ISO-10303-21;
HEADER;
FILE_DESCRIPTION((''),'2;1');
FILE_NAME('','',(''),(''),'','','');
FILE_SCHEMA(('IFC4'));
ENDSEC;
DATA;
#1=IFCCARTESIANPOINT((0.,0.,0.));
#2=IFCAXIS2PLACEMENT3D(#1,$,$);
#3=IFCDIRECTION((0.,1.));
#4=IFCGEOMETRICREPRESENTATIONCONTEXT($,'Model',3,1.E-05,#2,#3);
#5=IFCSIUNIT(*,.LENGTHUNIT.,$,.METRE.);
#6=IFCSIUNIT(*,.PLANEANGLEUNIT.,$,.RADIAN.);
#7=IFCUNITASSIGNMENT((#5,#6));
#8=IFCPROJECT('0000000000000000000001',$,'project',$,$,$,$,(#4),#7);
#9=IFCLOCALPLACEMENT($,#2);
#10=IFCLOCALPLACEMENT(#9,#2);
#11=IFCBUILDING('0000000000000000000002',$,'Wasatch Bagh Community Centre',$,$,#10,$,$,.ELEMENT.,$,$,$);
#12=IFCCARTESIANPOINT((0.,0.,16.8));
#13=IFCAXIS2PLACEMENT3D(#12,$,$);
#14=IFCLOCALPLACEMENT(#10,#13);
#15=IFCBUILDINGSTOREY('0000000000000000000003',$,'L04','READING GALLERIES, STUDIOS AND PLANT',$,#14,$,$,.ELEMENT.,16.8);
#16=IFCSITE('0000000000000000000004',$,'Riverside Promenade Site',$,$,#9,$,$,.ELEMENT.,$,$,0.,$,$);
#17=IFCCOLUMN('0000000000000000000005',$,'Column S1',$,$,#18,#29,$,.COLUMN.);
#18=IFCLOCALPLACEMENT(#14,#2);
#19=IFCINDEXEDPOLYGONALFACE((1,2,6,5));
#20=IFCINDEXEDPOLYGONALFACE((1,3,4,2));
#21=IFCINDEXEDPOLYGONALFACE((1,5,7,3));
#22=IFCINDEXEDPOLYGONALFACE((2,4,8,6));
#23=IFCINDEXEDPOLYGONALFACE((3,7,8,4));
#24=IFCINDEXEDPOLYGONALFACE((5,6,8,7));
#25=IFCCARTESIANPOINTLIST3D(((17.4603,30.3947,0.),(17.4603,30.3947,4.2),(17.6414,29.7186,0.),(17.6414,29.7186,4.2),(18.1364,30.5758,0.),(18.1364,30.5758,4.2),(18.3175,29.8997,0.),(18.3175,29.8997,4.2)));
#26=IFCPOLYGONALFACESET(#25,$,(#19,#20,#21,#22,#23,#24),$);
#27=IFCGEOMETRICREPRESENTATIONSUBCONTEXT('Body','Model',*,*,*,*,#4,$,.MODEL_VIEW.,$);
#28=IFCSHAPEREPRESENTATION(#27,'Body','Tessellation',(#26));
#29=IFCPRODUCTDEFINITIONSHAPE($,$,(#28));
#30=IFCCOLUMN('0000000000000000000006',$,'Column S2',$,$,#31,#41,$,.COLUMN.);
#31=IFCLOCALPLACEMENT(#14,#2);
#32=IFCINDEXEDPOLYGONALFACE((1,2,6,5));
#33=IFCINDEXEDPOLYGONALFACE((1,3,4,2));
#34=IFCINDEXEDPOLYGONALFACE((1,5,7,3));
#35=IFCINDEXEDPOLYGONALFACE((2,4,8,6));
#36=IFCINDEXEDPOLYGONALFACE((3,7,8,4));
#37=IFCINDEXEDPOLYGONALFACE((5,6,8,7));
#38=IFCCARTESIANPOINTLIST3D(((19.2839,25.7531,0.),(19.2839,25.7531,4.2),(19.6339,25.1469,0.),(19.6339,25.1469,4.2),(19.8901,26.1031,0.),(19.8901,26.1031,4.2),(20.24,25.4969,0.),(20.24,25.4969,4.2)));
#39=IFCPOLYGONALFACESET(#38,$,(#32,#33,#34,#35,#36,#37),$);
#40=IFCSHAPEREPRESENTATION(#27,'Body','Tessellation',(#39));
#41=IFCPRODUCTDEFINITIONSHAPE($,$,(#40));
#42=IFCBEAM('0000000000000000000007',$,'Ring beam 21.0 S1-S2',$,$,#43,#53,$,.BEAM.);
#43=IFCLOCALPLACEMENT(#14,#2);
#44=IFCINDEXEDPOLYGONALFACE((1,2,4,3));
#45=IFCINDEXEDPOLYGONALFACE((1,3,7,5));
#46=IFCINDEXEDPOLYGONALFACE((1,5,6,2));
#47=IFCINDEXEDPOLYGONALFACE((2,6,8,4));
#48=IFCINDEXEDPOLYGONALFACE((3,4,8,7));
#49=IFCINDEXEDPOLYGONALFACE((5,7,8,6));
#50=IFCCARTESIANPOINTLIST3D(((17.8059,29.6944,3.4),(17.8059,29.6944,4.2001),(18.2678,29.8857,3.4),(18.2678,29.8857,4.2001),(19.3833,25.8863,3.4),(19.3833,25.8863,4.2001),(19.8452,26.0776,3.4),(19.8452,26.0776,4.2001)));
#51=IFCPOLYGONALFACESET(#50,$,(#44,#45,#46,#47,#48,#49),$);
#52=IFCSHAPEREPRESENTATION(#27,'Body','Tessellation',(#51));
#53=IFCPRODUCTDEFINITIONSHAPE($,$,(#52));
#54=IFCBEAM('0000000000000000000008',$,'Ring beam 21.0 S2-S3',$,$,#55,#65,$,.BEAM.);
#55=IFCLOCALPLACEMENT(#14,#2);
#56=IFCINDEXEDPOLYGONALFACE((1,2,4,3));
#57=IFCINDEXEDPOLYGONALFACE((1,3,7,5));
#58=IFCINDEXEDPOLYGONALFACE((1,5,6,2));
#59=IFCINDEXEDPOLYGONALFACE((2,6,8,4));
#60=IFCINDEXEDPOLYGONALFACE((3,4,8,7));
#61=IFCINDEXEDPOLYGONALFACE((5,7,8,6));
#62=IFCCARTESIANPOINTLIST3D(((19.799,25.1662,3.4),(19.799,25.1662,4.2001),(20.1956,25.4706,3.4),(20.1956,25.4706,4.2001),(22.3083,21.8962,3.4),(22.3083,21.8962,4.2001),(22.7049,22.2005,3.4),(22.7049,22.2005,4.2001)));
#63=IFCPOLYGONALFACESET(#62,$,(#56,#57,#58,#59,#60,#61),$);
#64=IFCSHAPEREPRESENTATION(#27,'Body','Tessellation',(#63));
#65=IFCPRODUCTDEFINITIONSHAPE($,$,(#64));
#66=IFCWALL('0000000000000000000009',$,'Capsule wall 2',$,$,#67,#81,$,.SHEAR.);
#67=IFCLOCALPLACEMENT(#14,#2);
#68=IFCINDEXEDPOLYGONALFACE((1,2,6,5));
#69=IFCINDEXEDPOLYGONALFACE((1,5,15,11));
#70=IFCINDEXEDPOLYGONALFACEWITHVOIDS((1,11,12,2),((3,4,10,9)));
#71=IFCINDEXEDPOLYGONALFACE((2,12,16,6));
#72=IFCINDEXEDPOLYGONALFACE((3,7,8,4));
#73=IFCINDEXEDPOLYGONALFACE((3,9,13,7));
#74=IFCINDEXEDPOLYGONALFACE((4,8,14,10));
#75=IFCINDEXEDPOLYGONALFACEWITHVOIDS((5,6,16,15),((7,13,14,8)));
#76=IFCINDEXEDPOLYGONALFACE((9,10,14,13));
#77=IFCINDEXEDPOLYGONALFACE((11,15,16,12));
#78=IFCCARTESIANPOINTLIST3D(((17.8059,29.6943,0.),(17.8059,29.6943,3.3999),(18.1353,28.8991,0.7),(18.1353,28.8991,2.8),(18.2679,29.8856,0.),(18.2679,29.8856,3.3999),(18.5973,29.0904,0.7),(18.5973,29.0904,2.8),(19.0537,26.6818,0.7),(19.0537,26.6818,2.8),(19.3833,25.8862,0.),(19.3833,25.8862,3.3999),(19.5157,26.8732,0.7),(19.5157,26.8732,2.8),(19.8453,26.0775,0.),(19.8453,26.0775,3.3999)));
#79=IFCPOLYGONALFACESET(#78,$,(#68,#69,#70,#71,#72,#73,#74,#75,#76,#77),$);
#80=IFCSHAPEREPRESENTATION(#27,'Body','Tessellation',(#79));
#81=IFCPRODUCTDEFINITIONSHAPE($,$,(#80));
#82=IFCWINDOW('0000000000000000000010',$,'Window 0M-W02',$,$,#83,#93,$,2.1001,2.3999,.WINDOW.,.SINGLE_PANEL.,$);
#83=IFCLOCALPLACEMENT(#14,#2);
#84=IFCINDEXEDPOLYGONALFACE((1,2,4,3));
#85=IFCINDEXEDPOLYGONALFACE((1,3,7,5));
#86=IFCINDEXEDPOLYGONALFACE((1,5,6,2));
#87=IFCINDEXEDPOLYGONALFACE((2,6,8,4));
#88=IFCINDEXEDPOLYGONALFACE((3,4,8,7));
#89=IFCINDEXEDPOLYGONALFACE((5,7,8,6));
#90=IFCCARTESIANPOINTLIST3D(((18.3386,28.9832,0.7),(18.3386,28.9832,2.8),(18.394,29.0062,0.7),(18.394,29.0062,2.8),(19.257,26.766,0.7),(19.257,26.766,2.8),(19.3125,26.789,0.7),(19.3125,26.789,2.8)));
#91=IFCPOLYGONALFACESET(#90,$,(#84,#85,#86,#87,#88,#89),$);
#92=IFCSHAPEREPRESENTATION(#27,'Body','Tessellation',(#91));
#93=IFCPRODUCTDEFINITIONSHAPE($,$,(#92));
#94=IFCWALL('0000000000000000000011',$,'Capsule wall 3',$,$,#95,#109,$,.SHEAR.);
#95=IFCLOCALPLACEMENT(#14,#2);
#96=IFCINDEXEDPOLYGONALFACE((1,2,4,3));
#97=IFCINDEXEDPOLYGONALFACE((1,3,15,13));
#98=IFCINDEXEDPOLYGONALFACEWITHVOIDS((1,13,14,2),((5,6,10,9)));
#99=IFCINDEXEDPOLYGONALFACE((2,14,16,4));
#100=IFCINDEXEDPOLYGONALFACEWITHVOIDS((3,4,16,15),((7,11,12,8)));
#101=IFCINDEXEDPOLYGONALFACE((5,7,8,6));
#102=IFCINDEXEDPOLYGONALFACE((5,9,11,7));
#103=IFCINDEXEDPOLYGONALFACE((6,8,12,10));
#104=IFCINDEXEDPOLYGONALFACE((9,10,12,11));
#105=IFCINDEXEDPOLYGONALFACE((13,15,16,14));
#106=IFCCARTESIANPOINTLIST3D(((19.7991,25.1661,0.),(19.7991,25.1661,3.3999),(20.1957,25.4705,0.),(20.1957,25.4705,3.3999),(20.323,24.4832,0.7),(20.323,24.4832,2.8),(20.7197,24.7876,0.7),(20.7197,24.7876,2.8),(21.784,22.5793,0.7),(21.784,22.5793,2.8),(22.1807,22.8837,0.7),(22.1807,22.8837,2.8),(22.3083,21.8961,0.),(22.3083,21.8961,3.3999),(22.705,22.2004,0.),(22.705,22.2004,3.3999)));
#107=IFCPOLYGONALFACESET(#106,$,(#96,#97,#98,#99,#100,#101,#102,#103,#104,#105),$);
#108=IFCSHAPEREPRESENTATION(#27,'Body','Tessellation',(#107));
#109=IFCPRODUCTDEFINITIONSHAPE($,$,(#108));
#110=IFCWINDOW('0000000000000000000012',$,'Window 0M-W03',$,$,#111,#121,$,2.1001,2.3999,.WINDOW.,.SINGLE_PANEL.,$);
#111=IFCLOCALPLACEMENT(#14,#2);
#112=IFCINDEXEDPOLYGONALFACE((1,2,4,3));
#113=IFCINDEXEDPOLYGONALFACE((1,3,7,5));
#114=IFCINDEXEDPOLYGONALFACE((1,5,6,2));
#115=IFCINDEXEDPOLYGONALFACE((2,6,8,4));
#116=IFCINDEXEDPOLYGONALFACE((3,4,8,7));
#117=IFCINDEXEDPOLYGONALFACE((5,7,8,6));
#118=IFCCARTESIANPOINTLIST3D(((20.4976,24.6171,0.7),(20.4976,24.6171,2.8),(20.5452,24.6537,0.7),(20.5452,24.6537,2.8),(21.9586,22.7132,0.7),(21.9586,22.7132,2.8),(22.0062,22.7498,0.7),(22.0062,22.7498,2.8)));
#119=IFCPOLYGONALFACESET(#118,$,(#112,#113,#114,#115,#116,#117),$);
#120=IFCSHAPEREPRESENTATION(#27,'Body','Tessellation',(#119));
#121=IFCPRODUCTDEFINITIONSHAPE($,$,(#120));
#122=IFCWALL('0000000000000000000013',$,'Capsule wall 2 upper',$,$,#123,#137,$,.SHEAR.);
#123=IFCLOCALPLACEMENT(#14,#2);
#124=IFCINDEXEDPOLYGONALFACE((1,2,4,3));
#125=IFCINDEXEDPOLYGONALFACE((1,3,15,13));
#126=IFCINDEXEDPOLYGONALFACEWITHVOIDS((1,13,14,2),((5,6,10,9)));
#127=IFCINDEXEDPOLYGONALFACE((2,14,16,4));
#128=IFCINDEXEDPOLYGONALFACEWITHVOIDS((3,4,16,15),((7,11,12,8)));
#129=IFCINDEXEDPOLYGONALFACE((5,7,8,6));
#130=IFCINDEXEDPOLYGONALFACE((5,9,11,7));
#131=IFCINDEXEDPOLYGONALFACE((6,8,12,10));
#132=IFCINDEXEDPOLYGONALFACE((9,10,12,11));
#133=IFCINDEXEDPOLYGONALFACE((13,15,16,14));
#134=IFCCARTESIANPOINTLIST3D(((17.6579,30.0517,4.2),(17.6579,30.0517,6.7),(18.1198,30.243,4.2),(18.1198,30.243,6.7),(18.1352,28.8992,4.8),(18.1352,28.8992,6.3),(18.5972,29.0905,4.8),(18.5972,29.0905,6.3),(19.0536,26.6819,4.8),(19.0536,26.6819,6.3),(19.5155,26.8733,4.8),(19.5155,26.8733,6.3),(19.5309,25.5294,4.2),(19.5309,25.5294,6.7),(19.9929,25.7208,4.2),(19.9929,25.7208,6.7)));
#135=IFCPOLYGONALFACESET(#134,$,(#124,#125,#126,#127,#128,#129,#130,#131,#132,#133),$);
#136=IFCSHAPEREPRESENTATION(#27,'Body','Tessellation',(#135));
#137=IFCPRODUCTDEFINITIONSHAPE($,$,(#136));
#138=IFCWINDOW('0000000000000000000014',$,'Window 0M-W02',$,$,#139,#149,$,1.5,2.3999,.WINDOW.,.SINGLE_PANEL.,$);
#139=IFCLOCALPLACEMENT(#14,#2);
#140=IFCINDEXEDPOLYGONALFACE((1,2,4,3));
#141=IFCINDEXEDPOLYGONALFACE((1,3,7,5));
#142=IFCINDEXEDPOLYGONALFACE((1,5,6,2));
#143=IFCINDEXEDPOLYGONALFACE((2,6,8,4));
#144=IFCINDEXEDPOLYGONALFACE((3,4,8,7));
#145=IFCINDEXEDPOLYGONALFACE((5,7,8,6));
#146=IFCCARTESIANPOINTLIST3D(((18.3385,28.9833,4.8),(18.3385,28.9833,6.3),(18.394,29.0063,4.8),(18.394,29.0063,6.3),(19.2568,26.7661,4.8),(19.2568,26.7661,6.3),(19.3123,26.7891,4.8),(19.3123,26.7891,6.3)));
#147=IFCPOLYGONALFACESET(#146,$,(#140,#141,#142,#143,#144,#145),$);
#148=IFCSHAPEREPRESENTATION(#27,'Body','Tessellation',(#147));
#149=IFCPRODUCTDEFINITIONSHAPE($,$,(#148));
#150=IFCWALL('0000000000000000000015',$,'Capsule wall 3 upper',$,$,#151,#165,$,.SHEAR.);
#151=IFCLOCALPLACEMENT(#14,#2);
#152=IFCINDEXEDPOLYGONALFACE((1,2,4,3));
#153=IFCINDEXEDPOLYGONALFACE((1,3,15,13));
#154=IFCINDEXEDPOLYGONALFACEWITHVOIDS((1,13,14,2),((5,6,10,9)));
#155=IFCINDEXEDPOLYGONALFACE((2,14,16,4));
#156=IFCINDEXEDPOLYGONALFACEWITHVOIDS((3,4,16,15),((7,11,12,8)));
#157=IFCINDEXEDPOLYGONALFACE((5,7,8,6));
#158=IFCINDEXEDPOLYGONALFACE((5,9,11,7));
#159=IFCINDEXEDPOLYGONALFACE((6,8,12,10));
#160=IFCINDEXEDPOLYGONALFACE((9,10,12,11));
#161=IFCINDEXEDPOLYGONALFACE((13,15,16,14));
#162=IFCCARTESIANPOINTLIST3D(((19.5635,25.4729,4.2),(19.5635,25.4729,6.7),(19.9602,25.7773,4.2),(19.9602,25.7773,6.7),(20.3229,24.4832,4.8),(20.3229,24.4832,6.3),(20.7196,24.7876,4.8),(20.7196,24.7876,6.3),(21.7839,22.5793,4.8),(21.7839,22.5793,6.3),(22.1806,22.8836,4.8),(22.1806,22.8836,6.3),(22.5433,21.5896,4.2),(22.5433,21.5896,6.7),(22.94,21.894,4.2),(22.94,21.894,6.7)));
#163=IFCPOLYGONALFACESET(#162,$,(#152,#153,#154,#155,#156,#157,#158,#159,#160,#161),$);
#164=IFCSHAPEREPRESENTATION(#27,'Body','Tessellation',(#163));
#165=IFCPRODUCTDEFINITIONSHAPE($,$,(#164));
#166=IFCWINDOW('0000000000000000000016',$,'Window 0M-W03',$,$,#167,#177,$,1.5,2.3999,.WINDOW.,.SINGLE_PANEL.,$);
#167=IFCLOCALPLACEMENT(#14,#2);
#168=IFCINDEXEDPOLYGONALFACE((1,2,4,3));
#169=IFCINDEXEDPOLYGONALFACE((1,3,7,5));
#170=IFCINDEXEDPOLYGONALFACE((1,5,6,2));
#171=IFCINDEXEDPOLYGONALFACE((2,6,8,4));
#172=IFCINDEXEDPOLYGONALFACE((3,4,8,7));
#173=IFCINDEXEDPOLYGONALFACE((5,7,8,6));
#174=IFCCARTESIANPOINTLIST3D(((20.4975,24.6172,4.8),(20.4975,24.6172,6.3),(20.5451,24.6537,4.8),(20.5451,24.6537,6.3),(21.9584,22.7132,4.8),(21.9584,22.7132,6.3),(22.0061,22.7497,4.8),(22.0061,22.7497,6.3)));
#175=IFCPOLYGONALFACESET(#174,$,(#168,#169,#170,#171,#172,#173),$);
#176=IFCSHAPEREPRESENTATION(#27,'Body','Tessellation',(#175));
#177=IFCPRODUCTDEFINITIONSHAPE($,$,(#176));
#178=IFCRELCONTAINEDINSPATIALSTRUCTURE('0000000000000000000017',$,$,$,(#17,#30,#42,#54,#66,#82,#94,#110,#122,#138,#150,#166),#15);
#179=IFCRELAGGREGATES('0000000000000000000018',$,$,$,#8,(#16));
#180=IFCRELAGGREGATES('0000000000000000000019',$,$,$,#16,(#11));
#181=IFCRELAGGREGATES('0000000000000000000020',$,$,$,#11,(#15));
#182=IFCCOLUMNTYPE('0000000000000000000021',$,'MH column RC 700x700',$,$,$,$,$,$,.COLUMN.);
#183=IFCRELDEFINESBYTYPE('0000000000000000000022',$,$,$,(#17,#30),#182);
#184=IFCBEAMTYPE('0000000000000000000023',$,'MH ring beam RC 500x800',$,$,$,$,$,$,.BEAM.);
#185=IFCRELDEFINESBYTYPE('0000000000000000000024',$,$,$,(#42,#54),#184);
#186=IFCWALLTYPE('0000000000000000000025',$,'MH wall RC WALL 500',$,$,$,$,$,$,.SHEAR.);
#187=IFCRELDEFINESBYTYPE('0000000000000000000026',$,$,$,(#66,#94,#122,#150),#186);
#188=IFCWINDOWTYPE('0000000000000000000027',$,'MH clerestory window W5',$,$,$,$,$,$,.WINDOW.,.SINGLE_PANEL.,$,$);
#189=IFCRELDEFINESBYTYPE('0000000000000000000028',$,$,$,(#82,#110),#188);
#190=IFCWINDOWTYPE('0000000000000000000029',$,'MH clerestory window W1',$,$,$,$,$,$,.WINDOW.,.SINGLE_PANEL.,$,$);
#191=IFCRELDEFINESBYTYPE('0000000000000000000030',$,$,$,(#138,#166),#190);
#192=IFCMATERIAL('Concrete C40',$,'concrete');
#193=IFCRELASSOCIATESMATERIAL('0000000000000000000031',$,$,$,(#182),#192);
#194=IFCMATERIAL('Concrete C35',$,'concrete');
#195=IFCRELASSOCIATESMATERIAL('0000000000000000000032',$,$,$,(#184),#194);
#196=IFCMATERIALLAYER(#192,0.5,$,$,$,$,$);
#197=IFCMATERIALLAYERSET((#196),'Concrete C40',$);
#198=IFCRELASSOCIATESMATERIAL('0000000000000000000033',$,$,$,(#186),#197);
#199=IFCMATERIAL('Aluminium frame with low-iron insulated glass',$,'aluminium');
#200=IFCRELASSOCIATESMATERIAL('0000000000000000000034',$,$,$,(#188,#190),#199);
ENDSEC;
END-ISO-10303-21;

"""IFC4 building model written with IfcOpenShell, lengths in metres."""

from ifc_helpers import new_model, si_unit, direction, frame, frame_2d, origin, origin_2d, place, context, subcontext, project, spatial, rectangle, extrude, material, layer, layer_set, material_profile, profile_set, type_object, element, fill, save


model = new_model("IFC4")

# Units and contexts
model_context = context("Model", 3, precision=1e-05, world=origin(), true_north=direction((0.0, 1.0)))
body_context = subcontext(model_context, "Body", "Model", "MODEL_VIEW")
ifc_project = project(units=[si_unit("LENGTHUNIT", "METRE"), si_unit("PLANEANGLEUNIT", "RADIAN")], contexts=[model_context])

# Site, building, storey
site_placement = place(None, origin())
site = spatial("IfcSite", under=ifc_project, at=site_placement, Name="Riverside Promenade Site", CompositionType="ELEMENT", RefElevation=0.0)
building_placement = place(site_placement, origin())
building = spatial("IfcBuilding", under=site, at=building_placement, Name="Wasatch Bagh Community Centre", CompositionType="ELEMENT")
storey_placement = place(building_placement, frame((0.0, 0.0, 16.8)))
storey = spatial("IfcBuildingStorey", under=building, at=storey_placement, Name="L04", Description="READING GALLERIES, STUDIOS AND PLANT", CompositionType="ELEMENT", Elevation=16.8)

# Columns
ifc_material_1 = material(Name="Concrete C40", Category="concrete")
ifc_material_profile_1 = material_profile(ifc_material_1, rectangle(XDim=0.7, YDim=0.7, at=origin_2d()), Name="RC 700x700")
ifc_profile_set_1 = profile_set([ifc_material_profile_1], Name="Concrete C40")
column_type = type_object("IfcColumnType", Name="MH column RC 700x700", PredefinedType="COLUMN", material=ifc_profile_set_1)
for number, where, z_axis, x_axis, name in (
    (1, (17.8889, 30.1472, 0.0), (0.0, 0.0, 1.0), (0.965926, 0.258819, 0.0), "Column S1"),
    (2, (19.762, 25.625, 0.0), (0.0, 0.0, 1.0), (0.866025, 0.5, 0.0), "Column S2"),
):
    element("IfcColumn", number, at=place(storey_placement, frame(where, z_axis=z_axis, x_axis=x_axis)), inside=storey, type_object=column_type, Name=name, PredefinedType="COLUMN", context=body_context, shape_type="SweptSolid", body=[
        extrude(rectangle(XDim=0.7, YDim=0.7, at=origin_2d()), origin(), (0.0, 0.0, 1.0), 4.2),
    ])

# Beams
ifc_material_2 = material(Name="Concrete C35", Category="concrete")
ifc_material_profile_2 = material_profile(ifc_material_2, rectangle(XDim=0.5, YDim=0.8, at=origin_2d()), Name="RC 500x800")
ifc_profile_set_2 = profile_set([ifc_material_profile_2], Name="Concrete C35")
beam_type = type_object("IfcBeamType", Name="MH ring beam RC 500x800", PredefinedType="BEAM", material=ifc_profile_set_2)
for number, where, z_axis, x_axis, name in (
    (3, (18.0369, 29.79, 3.8), (0.382688, -0.923878, 0.0), (0.923878, 0.382688, 0.0), "Ring beam 21.0 S1-S2"),
    (4, (19.9973, 25.3184, 3.8), (0.608777, -0.793341, 0.0), (0.793341, 0.608777, 0.0), "Ring beam 21.0 S2-S3"),
):
    element("IfcBeam", number, at=place(storey_placement, frame(where, z_axis=z_axis, x_axis=x_axis)), inside=storey, type_object=beam_type, Name=name, PredefinedType="BEAM", context=body_context, shape_type="SweptSolid", body=[
        extrude(rectangle(XDim=0.5, YDim=0.8, at=origin_2d()), origin(), (0.0, 0.0, 1.0), 4.1218),
    ])

# Walls, openings, windows
ifc_layer_1 = layer(ifc_material_1, 0.5)
ifc_layer_set_1 = layer_set([ifc_layer_1], Name="Concrete C40")
wall_type = type_object("IfcWallType", Name="MH wall RC WALL 500", PredefinedType="SHEAR", material=ifc_layer_set_1)
wall_1_placement = place(storey_placement, frame((18.0369, 29.79, 0.0), z_axis=(0.0, 0.0, 1.0), x_axis=(0.382688, -0.923878, 0.0)))
wall_1 = element("IfcWall", 5, at=wall_1_placement, inside=storey, type_object=wall_type, Name="Capsule wall 2", PredefinedType="SHEAR", context=body_context, shape_type="SweptSolid", body=[
    extrude(rectangle(XDim=4.1218, YDim=0.5, at=frame_2d((2.061, 0.0))), origin(), (0.0, 0.0, 1.0), 3.3999),
])
opening_1_placement = place(wall_1_placement, frame((0.8608, 0.0, 0.7)))
opening_1 = element("IfcOpeningElement", 6, at=opening_1_placement, cuts=wall_1, PredefinedType="OPENING", context=body_context, shape_type="SweptSolid", body=[
    extrude(rectangle(XDim=2.3999, YDim=2.1001, at=frame_2d((1.2, 1.05))), frame((0.0, 0.26, 0.0), z_axis=(0.0, -1.0, 0.0), x_axis=(1.0, 0.0, 0.0)), (0.0, 0.0, 1.0), 0.52),
])
ifc_material_3 = material(Name="Aluminium frame with low-iron insulated glass", Category="aluminium")
window_type_1 = type_object("IfcWindowType", Name="MH clerestory window W5", PartitioningType="SINGLE_PANEL", PredefinedType="WINDOW", material=ifc_material_3)
window_1_placement = place(opening_1_placement, origin())
window_1 = element("IfcWindow", 7, at=window_1_placement, inside=storey, type_object=window_type_1, Name="Window 0M-W02", OverallHeight=2.1001, OverallWidth=2.3999, PartitioningType="SINGLE_PANEL", PredefinedType="WINDOW", context=body_context, shape_type="SweptSolid", body=[
    extrude(rectangle(XDim=2.3999, YDim=2.1001, at=frame_2d((1.2, 1.05))), frame((0.0, 0.03, 0.0), z_axis=(0.0, -1.0, 0.0), x_axis=(1.0, 0.0, 0.0)), (0.0, 0.0, 1.0), 0.0601),
])
fill(opening_1, window_1)
wall_2_placement = place(storey_placement, frame((19.9973, 25.3184, 0.0), z_axis=(0.0, 0.0, 1.0), x_axis=(0.608777, -0.793341, 0.0)))
wall_2 = element("IfcWall", 8, at=wall_2_placement, inside=storey, type_object=wall_type, Name="Capsule wall 3", PredefinedType="SHEAR", context=body_context, shape_type="SweptSolid", body=[
    extrude(rectangle(XDim=4.1218, YDim=0.5, at=frame_2d((2.061, 0.0))), origin(), (0.0, 0.0, 1.0), 3.3999),
])
opening_2_placement = place(wall_2_placement, frame((0.8608, 0.0, 0.7)))
opening_2 = element("IfcOpeningElement", 9, at=opening_2_placement, cuts=wall_2, PredefinedType="OPENING", context=body_context, shape_type="SweptSolid", body=[
    extrude(rectangle(XDim=2.3999, YDim=2.1001, at=frame_2d((1.2, 1.05))), frame((0.0, 0.26, 0.0), z_axis=(0.0, -1.0, 0.0), x_axis=(1.0, 0.0, 0.0)), (0.0, 0.0, 1.0), 0.52),
])
window_2_placement = place(opening_2_placement, origin())
window_2 = element("IfcWindow", 10, at=window_2_placement, inside=storey, type_object=window_type_1, Name="Window 0M-W03", OverallHeight=2.1001, OverallWidth=2.3999, PartitioningType="SINGLE_PANEL", PredefinedType="WINDOW", context=body_context, shape_type="SweptSolid", body=[
    extrude(rectangle(XDim=2.3999, YDim=2.1001, at=frame_2d((1.2, 1.05))), frame((0.0, 0.03, 0.0), z_axis=(0.0, -1.0, 0.0), x_axis=(1.0, 0.0, 0.0)), (0.0, 0.0, 1.0), 0.0601),
])
fill(opening_2, window_2)
wall_3_placement = place(storey_placement, frame((17.8889, 30.1472, 4.2), z_axis=(0.0, 0.0, 1.0), x_axis=(0.382663, -0.923888, 0.0)))
wall_3 = element("IfcWall", 11, at=wall_3_placement, inside=storey, type_object=wall_type, Name="Capsule wall 2 upper", PredefinedType="SHEAR", context=body_context, shape_type="SweptSolid", body=[
    extrude(rectangle(XDim=4.8948, YDim=0.5, at=frame_2d((2.4473, 0.0))), origin(), (0.0, 0.0, 1.0), 2.5),
])
opening_3_placement = place(wall_3_placement, frame((1.2473, 0.0, 0.6001)))
opening_3 = element("IfcOpeningElement", 12, at=opening_3_placement, cuts=wall_3, PredefinedType="OPENING", context=body_context, shape_type="SweptSolid", body=[
    extrude(rectangle(XDim=2.3999, YDim=1.5, at=frame_2d((1.2, 0.75))), frame((0.0, 0.26, 0.0), z_axis=(0.0, -1.0, 0.0), x_axis=(1.0, 0.0, 0.0)), (0.0, 0.0, 1.0), 0.52),
])
window_type_2 = type_object("IfcWindowType", Name="MH clerestory window W1", PartitioningType="SINGLE_PANEL", PredefinedType="WINDOW", material=ifc_material_3)
window_3_placement = place(opening_3_placement, origin())
window_3 = element("IfcWindow", 13, at=window_3_placement, inside=storey, type_object=window_type_2, Name="Window 0M-W02", OverallHeight=1.5, OverallWidth=2.3999, PartitioningType="SINGLE_PANEL", PredefinedType="WINDOW", context=body_context, shape_type="SweptSolid", body=[
    extrude(rectangle(XDim=2.3999, YDim=1.5, at=frame_2d((1.2, 0.75))), frame((0.0, 0.03, 0.0), z_axis=(0.0, -1.0, 0.0), x_axis=(1.0, 0.0, 0.0)), (0.0, 0.0, 1.0), 0.0601),
])
fill(opening_3, window_3)
wall_4_placement = place(storey_placement, frame((19.762, 25.625, 4.2), z_axis=(0.0, 0.0, 1.0), x_axis=(0.608758, -0.793356, 0.0)))
wall_4 = element("IfcWall", 14, at=wall_4_placement, inside=storey, type_object=wall_type, Name="Capsule wall 3 upper", PredefinedType="SHEAR", context=body_context, shape_type="SweptSolid", body=[
    extrude(rectangle(XDim=4.8948, YDim=0.5, at=frame_2d((2.4473, 0.0))), origin(), (0.0, 0.0, 1.0), 2.5),
])
opening_4_placement = place(wall_4_placement, frame((1.2473, 0.0, 0.6001)))
opening_4 = element("IfcOpeningElement", 15, at=opening_4_placement, cuts=wall_4, PredefinedType="OPENING", context=body_context, shape_type="SweptSolid", body=[
    extrude(rectangle(XDim=2.3999, YDim=1.5, at=frame_2d((1.2, 0.75))), frame((0.0, 0.26, 0.0), z_axis=(0.0, -1.0, 0.0), x_axis=(1.0, 0.0, 0.0)), (0.0, 0.0, 1.0), 0.52),
])
window_4_placement = place(opening_4_placement, origin())
window_4 = element("IfcWindow", 16, at=window_4_placement, inside=storey, type_object=window_type_2, Name="Window 0M-W03", OverallHeight=1.5, OverallWidth=2.3999, PartitioningType="SINGLE_PANEL", PredefinedType="WINDOW", context=body_context, shape_type="SweptSolid", body=[
    extrude(rectangle(XDim=2.3999, YDim=1.5, at=frame_2d((1.2, 0.75))), frame((0.0, 0.03, 0.0), z_axis=(0.0, -1.0, 0.0), x_axis=(1.0, 0.0, 0.0)), (0.0, 0.0, 1.0), 0.0601),
])
fill(opening_4, window_4)

save(model, "model.ifc")
